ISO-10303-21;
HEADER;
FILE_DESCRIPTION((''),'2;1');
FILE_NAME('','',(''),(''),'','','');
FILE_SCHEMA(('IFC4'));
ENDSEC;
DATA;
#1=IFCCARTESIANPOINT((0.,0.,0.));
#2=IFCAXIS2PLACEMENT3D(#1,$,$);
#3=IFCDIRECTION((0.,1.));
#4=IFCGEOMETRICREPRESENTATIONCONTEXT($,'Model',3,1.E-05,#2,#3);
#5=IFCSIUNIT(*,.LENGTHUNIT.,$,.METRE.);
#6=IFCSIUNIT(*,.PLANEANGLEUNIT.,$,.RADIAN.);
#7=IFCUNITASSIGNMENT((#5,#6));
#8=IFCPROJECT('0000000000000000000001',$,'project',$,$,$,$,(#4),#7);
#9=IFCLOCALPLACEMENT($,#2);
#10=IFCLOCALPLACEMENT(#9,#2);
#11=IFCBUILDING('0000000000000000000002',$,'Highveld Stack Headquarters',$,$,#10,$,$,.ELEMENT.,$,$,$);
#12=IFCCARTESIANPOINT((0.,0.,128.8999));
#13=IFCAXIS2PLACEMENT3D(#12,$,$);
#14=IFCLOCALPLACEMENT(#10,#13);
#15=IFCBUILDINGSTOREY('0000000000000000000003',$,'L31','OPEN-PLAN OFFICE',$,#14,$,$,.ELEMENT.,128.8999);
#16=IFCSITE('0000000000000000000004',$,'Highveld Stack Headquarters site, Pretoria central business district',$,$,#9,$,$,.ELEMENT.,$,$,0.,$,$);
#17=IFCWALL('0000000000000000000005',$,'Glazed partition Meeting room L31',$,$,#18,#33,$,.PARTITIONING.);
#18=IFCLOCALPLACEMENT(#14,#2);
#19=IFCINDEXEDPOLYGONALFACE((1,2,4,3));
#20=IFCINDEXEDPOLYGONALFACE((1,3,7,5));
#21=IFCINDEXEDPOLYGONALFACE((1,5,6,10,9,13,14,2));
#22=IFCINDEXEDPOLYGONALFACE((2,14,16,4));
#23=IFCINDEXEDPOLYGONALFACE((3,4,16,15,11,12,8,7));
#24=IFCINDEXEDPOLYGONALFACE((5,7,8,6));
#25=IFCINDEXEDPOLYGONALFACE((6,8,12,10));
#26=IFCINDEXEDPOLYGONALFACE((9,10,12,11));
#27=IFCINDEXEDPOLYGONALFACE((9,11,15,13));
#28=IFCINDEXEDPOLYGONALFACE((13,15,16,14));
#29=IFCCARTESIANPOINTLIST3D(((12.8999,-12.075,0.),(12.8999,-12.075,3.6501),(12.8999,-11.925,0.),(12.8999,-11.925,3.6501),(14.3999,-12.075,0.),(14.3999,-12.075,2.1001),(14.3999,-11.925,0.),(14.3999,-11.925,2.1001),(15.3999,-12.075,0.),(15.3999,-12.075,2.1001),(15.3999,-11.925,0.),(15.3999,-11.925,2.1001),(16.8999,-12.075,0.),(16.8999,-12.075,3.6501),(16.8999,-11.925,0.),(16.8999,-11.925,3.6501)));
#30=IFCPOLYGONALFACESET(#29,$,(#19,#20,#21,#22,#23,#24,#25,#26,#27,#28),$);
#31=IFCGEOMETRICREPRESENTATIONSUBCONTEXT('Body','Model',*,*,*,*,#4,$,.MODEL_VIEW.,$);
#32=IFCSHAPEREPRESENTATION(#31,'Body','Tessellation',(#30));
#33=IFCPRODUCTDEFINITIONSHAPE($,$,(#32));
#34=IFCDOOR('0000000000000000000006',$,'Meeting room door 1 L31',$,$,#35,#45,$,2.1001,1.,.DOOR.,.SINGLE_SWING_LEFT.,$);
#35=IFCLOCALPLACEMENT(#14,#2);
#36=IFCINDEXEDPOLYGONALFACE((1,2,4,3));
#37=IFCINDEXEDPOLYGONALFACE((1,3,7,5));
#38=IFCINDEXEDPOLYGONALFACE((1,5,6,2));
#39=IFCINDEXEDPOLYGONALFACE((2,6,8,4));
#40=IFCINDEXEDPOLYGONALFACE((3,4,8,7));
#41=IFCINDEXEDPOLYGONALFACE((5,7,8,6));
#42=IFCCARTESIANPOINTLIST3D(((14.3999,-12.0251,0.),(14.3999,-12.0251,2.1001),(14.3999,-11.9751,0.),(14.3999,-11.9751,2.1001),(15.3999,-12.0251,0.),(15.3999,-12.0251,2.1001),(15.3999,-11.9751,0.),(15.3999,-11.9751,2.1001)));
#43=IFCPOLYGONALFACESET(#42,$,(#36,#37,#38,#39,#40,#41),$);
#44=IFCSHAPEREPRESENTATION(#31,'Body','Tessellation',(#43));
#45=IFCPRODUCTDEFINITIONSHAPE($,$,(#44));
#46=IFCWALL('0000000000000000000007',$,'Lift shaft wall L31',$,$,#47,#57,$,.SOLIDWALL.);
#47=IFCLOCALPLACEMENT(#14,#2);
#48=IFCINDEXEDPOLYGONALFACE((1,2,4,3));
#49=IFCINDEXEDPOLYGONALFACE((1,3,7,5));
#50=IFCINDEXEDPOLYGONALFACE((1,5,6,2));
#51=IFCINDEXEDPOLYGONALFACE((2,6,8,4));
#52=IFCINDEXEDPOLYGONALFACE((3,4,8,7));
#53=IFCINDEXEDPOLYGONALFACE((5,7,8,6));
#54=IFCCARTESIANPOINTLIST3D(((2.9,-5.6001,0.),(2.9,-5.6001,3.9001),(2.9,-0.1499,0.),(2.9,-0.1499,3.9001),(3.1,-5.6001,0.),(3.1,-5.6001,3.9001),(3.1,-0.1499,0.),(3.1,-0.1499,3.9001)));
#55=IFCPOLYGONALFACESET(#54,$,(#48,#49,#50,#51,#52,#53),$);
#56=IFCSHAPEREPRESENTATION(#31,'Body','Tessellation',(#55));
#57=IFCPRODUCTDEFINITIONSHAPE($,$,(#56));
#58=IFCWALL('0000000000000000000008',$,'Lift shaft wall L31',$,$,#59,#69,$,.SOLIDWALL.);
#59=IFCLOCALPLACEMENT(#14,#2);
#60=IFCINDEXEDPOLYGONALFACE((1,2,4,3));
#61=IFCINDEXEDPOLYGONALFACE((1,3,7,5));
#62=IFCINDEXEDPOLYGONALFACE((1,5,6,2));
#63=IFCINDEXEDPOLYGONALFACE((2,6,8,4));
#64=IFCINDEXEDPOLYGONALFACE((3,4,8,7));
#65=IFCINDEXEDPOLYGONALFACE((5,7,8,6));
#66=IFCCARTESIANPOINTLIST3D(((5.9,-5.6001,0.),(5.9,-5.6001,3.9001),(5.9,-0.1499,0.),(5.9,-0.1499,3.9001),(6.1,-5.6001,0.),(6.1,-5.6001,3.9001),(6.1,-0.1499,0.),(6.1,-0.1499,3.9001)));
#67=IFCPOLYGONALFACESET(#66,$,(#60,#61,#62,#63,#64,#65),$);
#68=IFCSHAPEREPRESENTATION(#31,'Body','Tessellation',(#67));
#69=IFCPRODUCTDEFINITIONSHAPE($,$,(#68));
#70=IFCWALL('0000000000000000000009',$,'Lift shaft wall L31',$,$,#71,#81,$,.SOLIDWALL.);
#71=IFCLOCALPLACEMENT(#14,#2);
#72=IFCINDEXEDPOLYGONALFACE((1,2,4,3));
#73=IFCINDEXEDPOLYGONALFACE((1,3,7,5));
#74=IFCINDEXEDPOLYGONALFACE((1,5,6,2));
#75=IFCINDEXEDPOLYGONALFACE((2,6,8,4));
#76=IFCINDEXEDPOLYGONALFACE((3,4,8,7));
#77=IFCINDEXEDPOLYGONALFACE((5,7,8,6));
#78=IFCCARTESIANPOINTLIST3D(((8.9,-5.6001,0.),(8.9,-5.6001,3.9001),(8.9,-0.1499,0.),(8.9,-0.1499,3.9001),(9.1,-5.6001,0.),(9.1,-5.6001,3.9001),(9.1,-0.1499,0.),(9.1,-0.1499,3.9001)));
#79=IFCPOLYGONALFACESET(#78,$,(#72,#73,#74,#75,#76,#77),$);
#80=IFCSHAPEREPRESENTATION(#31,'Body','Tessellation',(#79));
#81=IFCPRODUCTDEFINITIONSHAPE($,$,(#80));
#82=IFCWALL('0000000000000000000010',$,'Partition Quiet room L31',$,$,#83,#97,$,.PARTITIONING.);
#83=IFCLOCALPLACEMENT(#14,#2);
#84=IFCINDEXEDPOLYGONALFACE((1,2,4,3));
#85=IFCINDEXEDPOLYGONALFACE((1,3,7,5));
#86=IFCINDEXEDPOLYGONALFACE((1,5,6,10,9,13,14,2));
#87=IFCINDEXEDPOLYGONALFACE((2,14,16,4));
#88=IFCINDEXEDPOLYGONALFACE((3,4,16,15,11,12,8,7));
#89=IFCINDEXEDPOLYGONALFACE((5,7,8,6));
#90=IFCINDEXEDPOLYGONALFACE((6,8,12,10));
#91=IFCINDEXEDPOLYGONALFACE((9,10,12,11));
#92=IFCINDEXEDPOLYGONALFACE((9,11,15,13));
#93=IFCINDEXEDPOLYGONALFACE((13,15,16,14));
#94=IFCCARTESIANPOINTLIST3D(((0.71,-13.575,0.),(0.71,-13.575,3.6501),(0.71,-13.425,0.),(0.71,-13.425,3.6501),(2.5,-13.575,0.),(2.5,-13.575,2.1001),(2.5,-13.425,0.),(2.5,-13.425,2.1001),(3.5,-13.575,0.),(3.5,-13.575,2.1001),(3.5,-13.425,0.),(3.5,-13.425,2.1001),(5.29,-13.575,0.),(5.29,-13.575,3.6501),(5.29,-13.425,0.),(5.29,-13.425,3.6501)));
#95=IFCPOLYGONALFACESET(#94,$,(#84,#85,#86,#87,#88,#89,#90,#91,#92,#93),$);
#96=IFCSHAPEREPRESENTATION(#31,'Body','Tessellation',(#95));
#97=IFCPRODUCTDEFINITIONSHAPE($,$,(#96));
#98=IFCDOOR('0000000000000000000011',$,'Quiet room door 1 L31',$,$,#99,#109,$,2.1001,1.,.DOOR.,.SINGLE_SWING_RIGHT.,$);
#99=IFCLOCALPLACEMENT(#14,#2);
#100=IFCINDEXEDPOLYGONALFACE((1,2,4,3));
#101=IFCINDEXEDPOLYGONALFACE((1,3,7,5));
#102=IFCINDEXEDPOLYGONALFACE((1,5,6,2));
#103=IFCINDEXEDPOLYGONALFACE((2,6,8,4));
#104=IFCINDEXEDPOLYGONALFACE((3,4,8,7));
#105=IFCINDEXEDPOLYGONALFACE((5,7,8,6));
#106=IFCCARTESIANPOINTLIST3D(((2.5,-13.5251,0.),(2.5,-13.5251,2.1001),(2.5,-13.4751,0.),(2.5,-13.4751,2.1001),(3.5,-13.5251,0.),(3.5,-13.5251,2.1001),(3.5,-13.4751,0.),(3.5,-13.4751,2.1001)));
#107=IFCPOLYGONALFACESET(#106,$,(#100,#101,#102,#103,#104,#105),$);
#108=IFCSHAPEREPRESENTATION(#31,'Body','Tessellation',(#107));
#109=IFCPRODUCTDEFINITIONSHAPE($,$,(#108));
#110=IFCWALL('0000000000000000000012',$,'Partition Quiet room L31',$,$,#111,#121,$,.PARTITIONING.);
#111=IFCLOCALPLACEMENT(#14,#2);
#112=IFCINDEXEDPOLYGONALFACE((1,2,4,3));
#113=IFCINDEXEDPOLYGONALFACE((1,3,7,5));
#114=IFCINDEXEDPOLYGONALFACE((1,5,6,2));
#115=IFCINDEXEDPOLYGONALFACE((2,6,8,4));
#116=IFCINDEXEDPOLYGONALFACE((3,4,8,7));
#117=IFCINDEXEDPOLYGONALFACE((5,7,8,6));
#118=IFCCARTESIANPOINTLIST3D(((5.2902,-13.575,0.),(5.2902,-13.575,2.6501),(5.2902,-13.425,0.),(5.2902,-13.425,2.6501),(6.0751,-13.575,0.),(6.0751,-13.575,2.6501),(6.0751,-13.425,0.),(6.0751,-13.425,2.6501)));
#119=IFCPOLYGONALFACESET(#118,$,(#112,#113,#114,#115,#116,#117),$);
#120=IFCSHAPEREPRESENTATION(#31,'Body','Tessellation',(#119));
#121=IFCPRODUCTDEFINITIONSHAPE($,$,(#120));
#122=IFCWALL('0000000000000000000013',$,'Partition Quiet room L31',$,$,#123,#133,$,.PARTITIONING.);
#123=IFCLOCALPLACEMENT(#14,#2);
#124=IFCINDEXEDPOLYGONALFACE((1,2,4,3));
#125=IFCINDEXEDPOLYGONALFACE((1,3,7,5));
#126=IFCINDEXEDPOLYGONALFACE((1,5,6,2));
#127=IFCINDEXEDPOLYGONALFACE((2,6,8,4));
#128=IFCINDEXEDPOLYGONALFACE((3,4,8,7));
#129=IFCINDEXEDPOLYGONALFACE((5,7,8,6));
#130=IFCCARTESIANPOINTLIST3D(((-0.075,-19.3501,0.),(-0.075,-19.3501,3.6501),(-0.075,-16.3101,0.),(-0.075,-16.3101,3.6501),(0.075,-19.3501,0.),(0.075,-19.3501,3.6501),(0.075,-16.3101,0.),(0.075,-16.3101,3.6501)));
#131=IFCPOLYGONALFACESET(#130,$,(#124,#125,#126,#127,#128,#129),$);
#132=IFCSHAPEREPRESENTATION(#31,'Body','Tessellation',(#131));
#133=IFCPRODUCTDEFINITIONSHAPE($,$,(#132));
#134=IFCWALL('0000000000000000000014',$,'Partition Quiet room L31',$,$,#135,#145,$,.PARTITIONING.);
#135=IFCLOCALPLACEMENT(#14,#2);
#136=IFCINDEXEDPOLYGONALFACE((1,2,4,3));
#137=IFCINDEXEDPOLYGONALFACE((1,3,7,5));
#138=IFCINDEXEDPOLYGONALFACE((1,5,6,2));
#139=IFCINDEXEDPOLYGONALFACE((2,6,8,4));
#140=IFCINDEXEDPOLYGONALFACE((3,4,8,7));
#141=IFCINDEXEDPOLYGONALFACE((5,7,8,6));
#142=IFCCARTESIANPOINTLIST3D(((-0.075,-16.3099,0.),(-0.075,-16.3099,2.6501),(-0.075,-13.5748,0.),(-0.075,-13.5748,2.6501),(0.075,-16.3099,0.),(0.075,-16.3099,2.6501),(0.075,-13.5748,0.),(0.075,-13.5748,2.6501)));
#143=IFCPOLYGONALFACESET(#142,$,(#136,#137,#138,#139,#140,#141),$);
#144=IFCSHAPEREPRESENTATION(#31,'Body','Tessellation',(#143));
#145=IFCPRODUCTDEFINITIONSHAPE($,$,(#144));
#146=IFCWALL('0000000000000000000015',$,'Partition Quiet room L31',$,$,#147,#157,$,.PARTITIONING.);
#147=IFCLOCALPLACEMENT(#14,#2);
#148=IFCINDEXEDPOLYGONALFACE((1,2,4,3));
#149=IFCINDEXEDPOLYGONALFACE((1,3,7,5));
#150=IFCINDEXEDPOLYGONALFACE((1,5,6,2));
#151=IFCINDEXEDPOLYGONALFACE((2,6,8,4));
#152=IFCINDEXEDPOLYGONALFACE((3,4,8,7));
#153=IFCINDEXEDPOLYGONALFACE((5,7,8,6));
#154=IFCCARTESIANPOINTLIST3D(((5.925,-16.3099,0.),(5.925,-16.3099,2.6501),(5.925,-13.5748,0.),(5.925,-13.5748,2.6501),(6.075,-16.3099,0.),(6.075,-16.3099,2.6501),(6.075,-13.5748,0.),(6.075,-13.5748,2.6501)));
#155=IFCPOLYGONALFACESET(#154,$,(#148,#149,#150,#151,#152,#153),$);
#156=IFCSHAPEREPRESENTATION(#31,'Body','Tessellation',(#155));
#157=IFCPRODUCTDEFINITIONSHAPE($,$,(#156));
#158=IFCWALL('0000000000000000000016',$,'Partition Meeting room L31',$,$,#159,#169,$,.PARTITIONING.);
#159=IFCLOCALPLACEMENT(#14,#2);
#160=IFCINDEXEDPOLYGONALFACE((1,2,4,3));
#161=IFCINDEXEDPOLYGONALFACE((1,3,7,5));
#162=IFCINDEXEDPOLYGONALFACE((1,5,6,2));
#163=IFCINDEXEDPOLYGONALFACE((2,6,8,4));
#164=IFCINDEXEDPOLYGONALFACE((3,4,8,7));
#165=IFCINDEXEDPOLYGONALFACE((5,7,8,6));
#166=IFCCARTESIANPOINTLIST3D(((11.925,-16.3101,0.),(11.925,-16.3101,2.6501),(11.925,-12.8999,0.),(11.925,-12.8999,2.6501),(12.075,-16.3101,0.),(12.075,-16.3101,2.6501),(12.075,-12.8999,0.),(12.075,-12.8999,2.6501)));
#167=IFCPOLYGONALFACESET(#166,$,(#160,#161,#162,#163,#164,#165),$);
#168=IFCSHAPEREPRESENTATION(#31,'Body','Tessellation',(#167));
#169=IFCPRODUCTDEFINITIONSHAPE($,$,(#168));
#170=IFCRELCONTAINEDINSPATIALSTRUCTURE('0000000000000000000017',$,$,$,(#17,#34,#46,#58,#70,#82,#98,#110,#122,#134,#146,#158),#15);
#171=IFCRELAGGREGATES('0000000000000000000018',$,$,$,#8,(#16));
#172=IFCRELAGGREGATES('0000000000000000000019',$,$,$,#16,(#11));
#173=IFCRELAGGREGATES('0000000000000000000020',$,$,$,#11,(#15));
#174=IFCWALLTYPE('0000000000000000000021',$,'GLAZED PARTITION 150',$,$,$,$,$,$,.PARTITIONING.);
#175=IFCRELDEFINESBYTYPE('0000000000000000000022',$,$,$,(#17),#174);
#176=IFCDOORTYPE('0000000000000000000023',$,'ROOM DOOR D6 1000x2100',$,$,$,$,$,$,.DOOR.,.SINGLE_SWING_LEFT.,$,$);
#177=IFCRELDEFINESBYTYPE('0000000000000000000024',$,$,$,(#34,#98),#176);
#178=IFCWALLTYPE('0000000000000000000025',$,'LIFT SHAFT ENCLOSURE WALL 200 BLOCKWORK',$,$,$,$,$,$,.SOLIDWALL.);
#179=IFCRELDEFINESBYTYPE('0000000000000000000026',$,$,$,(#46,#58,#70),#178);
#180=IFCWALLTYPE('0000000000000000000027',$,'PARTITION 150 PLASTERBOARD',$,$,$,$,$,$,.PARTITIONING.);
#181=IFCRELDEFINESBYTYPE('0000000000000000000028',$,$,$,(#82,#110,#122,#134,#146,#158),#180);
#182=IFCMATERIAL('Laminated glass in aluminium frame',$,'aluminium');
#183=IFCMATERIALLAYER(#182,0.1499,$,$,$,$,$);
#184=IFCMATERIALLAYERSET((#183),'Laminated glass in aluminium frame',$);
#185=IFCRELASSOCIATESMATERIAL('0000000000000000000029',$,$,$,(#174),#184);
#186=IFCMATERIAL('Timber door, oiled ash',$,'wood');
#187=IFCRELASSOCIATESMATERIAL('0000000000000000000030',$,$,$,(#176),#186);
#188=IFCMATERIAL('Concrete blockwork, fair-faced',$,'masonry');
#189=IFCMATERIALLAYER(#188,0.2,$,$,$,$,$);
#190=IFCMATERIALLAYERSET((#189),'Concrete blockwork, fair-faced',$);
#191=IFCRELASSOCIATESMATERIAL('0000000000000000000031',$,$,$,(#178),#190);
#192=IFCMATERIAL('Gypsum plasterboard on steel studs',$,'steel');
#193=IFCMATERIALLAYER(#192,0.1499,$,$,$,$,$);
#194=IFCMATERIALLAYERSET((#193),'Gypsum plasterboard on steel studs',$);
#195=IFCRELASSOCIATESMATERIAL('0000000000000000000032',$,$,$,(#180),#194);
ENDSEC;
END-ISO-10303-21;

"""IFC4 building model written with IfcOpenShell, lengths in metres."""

from ifc_helpers import new_model, si_unit, direction, frame, frame_2d, origin, place, context, subcontext, project, spatial, rectangle, extrude, material, layer, layer_set, type_object, element, fill, save


model = new_model("IFC4")

# Units and contexts
model_context = context("Model", 3, precision=1e-05, world=origin(), true_north=direction((0.0, 1.0)))
body_context = subcontext(model_context, "Body", "Model", "MODEL_VIEW")
ifc_project = project(units=[si_unit("LENGTHUNIT", "METRE"), si_unit("PLANEANGLEUNIT", "RADIAN")], contexts=[model_context])

# Site, building, storey
site_placement = place(None, origin())
site = spatial("IfcSite", under=ifc_project, at=site_placement, Name="Highveld Stack Headquarters site, Pretoria central business district", CompositionType="ELEMENT", RefElevation=0.0)
building_placement = place(site_placement, origin())
building = spatial("IfcBuilding", under=site, at=building_placement, Name="Highveld Stack Headquarters", CompositionType="ELEMENT")
storey_placement = place(building_placement, frame((0.0, 0.0, 128.8999)))
storey = spatial("IfcBuildingStorey", under=building, at=storey_placement, Name="L31", Description="OPEN-PLAN OFFICE", CompositionType="ELEMENT", Elevation=128.8999)

# Wall, opening, door
ifc_material_1 = material(Name="Laminated glass in aluminium frame", Category="aluminium")
ifc_layer_1 = layer(ifc_material_1, 0.1499)
ifc_layer_set_1 = layer_set([ifc_layer_1], Name="Laminated glass in aluminium frame")
wall_type_1 = type_object("IfcWallType", Name="GLAZED PARTITION 150", PredefinedType="PARTITIONING", material=ifc_layer_set_1)
wall_1_placement = place(storey_placement, frame((12.8999, -12.0, 0.0), z_axis=(0.0, 0.0, 1.0), x_axis=(1.0, 0.0, 0.0)))
wall_1 = element("IfcWall", 1, at=wall_1_placement, inside=storey, type_object=wall_type_1, Name="Glazed partition Meeting room L31", PredefinedType="PARTITIONING", context=body_context, shape_type="SweptSolid", body=[
    extrude(rectangle(XDim=4.0, YDim=0.1499, at=frame_2d((2.0, 0.0))), origin(), (0.0, 0.0, 1.0), 3.6501),
])
opening_1_placement = place(wall_1_placement, frame((1.5, 0.0, 0.0)))
opening_1 = element("IfcOpeningElement", 2, at=opening_1_placement, cuts=wall_1, PredefinedType="OPENING", context=body_context, shape_type="SweptSolid", body=[
    extrude(rectangle(XDim=1.0, YDim=2.1001, at=frame_2d((0.5, 1.05))), frame((0.0, 0.085, 0.0), z_axis=(0.0, -1.0, 0.0), x_axis=(1.0, 0.0, 0.0)), (0.0, 0.0, 1.0), 0.1699),
])
ifc_material_2 = material(Name="Timber door, oiled ash", Category="wood")
door_type = type_object("IfcDoorType", Name="ROOM DOOR D6 1000x2100", OperationType="SINGLE_SWING_LEFT", PredefinedType="DOOR", material=ifc_material_2)
door_1_placement = place(opening_1_placement, origin())
door_1 = element("IfcDoor", 3, at=door_1_placement, inside=storey, type_object=door_type, Name="Meeting room door 1 L31", OperationType="SINGLE_SWING_LEFT", OverallHeight=2.1001, OverallWidth=1.0, PredefinedType="DOOR", context=body_context, shape_type="SweptSolid", body=[
    extrude(rectangle(XDim=1.0, YDim=2.1001, at=frame_2d((0.5, 1.05))), frame((0.0, 0.0249, 0.0), z_axis=(0.0, -1.0, 0.0), x_axis=(1.0, 0.0, 0.0)), (0.0, 0.0, 1.0), 0.05),
])
fill(opening_1, door_1)

# Walls
ifc_material_3 = material(Name="Concrete blockwork, fair-faced", Category="masonry")
ifc_layer_2 = layer(ifc_material_3, 0.2)
ifc_layer_set_2 = layer_set([ifc_layer_2], Name="Concrete blockwork, fair-faced")
wall_type_2 = type_object("IfcWallType", Name="LIFT SHAFT ENCLOSURE WALL 200 BLOCKWORK", PredefinedType="SOLIDWALL", material=ifc_layer_set_2)
for number, where, z_axis, x_axis, name in (
    (4, (3.0, -5.6001, 0.0), (0.0, 0.0, 1.0), (0.0, 1.0, 0.0), "Lift shaft wall L31"),
    (5, (6.0, -5.6001, 0.0), (0.0, 0.0, 1.0), (0.0, 1.0, 0.0), "Lift shaft wall L31"),
    (6, (9.0, -5.6001, 0.0), (0.0, 0.0, 1.0), (0.0, 1.0, 0.0), "Lift shaft wall L31"),
):
    element("IfcWall", number, at=place(storey_placement, frame(where, z_axis=z_axis, x_axis=x_axis)), inside=storey, type_object=wall_type_2, Name=name, PredefinedType="SOLIDWALL", context=body_context, shape_type="SweptSolid", body=[
        extrude(rectangle(XDim=5.4502, YDim=0.2, at=frame_2d((2.7251, 0.0))), origin(), (0.0, 0.0, 1.0), 3.9001),
    ])

# Wall, opening, door
ifc_material_4 = material(Name="Gypsum plasterboard on steel studs", Category="steel")
ifc_layer_3 = layer(ifc_material_4, 0.1499)
ifc_layer_set_3 = layer_set([ifc_layer_3], Name="Gypsum plasterboard on steel studs")
wall_type_3 = type_object("IfcWallType", Name="PARTITION 150 PLASTERBOARD", PredefinedType="PARTITIONING", material=ifc_layer_set_3)
wall_2_placement = place(storey_placement, frame((0.71, -13.5, 0.0), z_axis=(0.0, 0.0, 1.0), x_axis=(1.0, 0.0, 0.0)))
wall_2 = element("IfcWall", 7, at=wall_2_placement, inside=storey, type_object=wall_type_3, Name="Partition Quiet room L31", PredefinedType="PARTITIONING", context=body_context, shape_type="SweptSolid", body=[
    extrude(rectangle(XDim=4.5801, YDim=0.1499, at=frame_2d((2.29, 0.0))), origin(), (0.0, 0.0, 1.0), 3.6501),
])
opening_2_placement = place(wall_2_placement, frame((1.79, 0.0, 0.0)))
opening_2 = element("IfcOpeningElement", 8, at=opening_2_placement, cuts=wall_2, PredefinedType="OPENING", context=body_context, shape_type="SweptSolid", body=[
    extrude(rectangle(XDim=1.0, YDim=2.1001, at=frame_2d((0.5, 1.05))), frame((0.0, 0.085, 0.0), z_axis=(0.0, -1.0, 0.0), x_axis=(1.0, 0.0, 0.0)), (0.0, 0.0, 1.0), 0.1699),
])
door_2_placement = place(opening_2_placement, origin())
door_2 = element("IfcDoor", 9, at=door_2_placement, inside=storey, type_object=door_type, Name="Quiet room door 1 L31", OperationType="SINGLE_SWING_RIGHT", OverallHeight=2.1001, OverallWidth=1.0, PredefinedType="DOOR", context=body_context, shape_type="SweptSolid", body=[
    extrude(rectangle(XDim=1.0, YDim=2.1001, at=frame_2d((0.5, 1.05))), frame((0.0, 0.0249, 0.0), z_axis=(0.0, -1.0, 0.0), x_axis=(1.0, 0.0, 0.0)), (0.0, 0.0, 1.0), 0.05),
])
fill(opening_2, door_2)

# Walls
wall_3_placement = place(storey_placement, frame((5.29, -13.5, 0.0), z_axis=(0.0, 0.0, 1.0), x_axis=(1.0, 0.0, 0.0)))
element("IfcWall", 10, at=wall_3_placement, inside=storey, type_object=wall_type_3, Name="Partition Quiet room L31", PredefinedType="PARTITIONING", context=body_context, shape_type="SweptSolid", body=[
    extrude(rectangle(XDim=0.7849, YDim=0.1499, at=frame_2d((0.3926, 0.0))), origin(), (0.0, 0.0, 1.0), 2.6501),
])
wall_4_placement = place(storey_placement, frame((0.0, -19.3501, 0.0), z_axis=(0.0, 0.0, 1.0), x_axis=(0.0, 1.0, 0.0)))
element("IfcWall", 11, at=wall_4_placement, inside=storey, type_object=wall_type_3, Name="Partition Quiet room L31", PredefinedType="PARTITIONING", context=body_context, shape_type="SweptSolid", body=[
    extrude(rectangle(XDim=3.04, YDim=0.1499, at=frame_2d((1.52, 0.0))), origin(), (0.0, 0.0, 1.0), 3.6501),
])
for number, where, z_axis, x_axis, name in (
    (12, (0.0, -16.3101, 0.0), (0.0, 0.0, 1.0), (0.0, 1.0, 0.0), "Partition Quiet room L31"),
    (13, (6.0, -16.3101, 0.0), (0.0, 0.0, 1.0), (0.0, 1.0, 0.0), "Partition Quiet room L31"),
):
    element("IfcWall", number, at=place(storey_placement, frame(where, z_axis=z_axis, x_axis=x_axis)), inside=storey, type_object=wall_type_3, Name=name, PredefinedType="PARTITIONING", context=body_context, shape_type="SweptSolid", body=[
        extrude(rectangle(XDim=2.7351, YDim=0.1499, at=frame_2d((1.3677, 0.0))), origin(), (0.0, 0.0, 1.0), 2.6501),
    ])
wall_5_placement = place(storey_placement, frame((12.0, -16.3101, 0.0), z_axis=(0.0, 0.0, 1.0), x_axis=(0.0, 1.0, 0.0)))
element("IfcWall", 14, at=wall_5_placement, inside=storey, type_object=wall_type_3, Name="Partition Meeting room L31", PredefinedType="PARTITIONING", context=body_context, shape_type="SweptSolid", body=[
    extrude(rectangle(XDim=3.4102, YDim=0.1499, at=frame_2d((1.7051, 0.0))), origin(), (0.0, 0.0, 1.0), 2.6501),
])

save(model, "model.ifc")
